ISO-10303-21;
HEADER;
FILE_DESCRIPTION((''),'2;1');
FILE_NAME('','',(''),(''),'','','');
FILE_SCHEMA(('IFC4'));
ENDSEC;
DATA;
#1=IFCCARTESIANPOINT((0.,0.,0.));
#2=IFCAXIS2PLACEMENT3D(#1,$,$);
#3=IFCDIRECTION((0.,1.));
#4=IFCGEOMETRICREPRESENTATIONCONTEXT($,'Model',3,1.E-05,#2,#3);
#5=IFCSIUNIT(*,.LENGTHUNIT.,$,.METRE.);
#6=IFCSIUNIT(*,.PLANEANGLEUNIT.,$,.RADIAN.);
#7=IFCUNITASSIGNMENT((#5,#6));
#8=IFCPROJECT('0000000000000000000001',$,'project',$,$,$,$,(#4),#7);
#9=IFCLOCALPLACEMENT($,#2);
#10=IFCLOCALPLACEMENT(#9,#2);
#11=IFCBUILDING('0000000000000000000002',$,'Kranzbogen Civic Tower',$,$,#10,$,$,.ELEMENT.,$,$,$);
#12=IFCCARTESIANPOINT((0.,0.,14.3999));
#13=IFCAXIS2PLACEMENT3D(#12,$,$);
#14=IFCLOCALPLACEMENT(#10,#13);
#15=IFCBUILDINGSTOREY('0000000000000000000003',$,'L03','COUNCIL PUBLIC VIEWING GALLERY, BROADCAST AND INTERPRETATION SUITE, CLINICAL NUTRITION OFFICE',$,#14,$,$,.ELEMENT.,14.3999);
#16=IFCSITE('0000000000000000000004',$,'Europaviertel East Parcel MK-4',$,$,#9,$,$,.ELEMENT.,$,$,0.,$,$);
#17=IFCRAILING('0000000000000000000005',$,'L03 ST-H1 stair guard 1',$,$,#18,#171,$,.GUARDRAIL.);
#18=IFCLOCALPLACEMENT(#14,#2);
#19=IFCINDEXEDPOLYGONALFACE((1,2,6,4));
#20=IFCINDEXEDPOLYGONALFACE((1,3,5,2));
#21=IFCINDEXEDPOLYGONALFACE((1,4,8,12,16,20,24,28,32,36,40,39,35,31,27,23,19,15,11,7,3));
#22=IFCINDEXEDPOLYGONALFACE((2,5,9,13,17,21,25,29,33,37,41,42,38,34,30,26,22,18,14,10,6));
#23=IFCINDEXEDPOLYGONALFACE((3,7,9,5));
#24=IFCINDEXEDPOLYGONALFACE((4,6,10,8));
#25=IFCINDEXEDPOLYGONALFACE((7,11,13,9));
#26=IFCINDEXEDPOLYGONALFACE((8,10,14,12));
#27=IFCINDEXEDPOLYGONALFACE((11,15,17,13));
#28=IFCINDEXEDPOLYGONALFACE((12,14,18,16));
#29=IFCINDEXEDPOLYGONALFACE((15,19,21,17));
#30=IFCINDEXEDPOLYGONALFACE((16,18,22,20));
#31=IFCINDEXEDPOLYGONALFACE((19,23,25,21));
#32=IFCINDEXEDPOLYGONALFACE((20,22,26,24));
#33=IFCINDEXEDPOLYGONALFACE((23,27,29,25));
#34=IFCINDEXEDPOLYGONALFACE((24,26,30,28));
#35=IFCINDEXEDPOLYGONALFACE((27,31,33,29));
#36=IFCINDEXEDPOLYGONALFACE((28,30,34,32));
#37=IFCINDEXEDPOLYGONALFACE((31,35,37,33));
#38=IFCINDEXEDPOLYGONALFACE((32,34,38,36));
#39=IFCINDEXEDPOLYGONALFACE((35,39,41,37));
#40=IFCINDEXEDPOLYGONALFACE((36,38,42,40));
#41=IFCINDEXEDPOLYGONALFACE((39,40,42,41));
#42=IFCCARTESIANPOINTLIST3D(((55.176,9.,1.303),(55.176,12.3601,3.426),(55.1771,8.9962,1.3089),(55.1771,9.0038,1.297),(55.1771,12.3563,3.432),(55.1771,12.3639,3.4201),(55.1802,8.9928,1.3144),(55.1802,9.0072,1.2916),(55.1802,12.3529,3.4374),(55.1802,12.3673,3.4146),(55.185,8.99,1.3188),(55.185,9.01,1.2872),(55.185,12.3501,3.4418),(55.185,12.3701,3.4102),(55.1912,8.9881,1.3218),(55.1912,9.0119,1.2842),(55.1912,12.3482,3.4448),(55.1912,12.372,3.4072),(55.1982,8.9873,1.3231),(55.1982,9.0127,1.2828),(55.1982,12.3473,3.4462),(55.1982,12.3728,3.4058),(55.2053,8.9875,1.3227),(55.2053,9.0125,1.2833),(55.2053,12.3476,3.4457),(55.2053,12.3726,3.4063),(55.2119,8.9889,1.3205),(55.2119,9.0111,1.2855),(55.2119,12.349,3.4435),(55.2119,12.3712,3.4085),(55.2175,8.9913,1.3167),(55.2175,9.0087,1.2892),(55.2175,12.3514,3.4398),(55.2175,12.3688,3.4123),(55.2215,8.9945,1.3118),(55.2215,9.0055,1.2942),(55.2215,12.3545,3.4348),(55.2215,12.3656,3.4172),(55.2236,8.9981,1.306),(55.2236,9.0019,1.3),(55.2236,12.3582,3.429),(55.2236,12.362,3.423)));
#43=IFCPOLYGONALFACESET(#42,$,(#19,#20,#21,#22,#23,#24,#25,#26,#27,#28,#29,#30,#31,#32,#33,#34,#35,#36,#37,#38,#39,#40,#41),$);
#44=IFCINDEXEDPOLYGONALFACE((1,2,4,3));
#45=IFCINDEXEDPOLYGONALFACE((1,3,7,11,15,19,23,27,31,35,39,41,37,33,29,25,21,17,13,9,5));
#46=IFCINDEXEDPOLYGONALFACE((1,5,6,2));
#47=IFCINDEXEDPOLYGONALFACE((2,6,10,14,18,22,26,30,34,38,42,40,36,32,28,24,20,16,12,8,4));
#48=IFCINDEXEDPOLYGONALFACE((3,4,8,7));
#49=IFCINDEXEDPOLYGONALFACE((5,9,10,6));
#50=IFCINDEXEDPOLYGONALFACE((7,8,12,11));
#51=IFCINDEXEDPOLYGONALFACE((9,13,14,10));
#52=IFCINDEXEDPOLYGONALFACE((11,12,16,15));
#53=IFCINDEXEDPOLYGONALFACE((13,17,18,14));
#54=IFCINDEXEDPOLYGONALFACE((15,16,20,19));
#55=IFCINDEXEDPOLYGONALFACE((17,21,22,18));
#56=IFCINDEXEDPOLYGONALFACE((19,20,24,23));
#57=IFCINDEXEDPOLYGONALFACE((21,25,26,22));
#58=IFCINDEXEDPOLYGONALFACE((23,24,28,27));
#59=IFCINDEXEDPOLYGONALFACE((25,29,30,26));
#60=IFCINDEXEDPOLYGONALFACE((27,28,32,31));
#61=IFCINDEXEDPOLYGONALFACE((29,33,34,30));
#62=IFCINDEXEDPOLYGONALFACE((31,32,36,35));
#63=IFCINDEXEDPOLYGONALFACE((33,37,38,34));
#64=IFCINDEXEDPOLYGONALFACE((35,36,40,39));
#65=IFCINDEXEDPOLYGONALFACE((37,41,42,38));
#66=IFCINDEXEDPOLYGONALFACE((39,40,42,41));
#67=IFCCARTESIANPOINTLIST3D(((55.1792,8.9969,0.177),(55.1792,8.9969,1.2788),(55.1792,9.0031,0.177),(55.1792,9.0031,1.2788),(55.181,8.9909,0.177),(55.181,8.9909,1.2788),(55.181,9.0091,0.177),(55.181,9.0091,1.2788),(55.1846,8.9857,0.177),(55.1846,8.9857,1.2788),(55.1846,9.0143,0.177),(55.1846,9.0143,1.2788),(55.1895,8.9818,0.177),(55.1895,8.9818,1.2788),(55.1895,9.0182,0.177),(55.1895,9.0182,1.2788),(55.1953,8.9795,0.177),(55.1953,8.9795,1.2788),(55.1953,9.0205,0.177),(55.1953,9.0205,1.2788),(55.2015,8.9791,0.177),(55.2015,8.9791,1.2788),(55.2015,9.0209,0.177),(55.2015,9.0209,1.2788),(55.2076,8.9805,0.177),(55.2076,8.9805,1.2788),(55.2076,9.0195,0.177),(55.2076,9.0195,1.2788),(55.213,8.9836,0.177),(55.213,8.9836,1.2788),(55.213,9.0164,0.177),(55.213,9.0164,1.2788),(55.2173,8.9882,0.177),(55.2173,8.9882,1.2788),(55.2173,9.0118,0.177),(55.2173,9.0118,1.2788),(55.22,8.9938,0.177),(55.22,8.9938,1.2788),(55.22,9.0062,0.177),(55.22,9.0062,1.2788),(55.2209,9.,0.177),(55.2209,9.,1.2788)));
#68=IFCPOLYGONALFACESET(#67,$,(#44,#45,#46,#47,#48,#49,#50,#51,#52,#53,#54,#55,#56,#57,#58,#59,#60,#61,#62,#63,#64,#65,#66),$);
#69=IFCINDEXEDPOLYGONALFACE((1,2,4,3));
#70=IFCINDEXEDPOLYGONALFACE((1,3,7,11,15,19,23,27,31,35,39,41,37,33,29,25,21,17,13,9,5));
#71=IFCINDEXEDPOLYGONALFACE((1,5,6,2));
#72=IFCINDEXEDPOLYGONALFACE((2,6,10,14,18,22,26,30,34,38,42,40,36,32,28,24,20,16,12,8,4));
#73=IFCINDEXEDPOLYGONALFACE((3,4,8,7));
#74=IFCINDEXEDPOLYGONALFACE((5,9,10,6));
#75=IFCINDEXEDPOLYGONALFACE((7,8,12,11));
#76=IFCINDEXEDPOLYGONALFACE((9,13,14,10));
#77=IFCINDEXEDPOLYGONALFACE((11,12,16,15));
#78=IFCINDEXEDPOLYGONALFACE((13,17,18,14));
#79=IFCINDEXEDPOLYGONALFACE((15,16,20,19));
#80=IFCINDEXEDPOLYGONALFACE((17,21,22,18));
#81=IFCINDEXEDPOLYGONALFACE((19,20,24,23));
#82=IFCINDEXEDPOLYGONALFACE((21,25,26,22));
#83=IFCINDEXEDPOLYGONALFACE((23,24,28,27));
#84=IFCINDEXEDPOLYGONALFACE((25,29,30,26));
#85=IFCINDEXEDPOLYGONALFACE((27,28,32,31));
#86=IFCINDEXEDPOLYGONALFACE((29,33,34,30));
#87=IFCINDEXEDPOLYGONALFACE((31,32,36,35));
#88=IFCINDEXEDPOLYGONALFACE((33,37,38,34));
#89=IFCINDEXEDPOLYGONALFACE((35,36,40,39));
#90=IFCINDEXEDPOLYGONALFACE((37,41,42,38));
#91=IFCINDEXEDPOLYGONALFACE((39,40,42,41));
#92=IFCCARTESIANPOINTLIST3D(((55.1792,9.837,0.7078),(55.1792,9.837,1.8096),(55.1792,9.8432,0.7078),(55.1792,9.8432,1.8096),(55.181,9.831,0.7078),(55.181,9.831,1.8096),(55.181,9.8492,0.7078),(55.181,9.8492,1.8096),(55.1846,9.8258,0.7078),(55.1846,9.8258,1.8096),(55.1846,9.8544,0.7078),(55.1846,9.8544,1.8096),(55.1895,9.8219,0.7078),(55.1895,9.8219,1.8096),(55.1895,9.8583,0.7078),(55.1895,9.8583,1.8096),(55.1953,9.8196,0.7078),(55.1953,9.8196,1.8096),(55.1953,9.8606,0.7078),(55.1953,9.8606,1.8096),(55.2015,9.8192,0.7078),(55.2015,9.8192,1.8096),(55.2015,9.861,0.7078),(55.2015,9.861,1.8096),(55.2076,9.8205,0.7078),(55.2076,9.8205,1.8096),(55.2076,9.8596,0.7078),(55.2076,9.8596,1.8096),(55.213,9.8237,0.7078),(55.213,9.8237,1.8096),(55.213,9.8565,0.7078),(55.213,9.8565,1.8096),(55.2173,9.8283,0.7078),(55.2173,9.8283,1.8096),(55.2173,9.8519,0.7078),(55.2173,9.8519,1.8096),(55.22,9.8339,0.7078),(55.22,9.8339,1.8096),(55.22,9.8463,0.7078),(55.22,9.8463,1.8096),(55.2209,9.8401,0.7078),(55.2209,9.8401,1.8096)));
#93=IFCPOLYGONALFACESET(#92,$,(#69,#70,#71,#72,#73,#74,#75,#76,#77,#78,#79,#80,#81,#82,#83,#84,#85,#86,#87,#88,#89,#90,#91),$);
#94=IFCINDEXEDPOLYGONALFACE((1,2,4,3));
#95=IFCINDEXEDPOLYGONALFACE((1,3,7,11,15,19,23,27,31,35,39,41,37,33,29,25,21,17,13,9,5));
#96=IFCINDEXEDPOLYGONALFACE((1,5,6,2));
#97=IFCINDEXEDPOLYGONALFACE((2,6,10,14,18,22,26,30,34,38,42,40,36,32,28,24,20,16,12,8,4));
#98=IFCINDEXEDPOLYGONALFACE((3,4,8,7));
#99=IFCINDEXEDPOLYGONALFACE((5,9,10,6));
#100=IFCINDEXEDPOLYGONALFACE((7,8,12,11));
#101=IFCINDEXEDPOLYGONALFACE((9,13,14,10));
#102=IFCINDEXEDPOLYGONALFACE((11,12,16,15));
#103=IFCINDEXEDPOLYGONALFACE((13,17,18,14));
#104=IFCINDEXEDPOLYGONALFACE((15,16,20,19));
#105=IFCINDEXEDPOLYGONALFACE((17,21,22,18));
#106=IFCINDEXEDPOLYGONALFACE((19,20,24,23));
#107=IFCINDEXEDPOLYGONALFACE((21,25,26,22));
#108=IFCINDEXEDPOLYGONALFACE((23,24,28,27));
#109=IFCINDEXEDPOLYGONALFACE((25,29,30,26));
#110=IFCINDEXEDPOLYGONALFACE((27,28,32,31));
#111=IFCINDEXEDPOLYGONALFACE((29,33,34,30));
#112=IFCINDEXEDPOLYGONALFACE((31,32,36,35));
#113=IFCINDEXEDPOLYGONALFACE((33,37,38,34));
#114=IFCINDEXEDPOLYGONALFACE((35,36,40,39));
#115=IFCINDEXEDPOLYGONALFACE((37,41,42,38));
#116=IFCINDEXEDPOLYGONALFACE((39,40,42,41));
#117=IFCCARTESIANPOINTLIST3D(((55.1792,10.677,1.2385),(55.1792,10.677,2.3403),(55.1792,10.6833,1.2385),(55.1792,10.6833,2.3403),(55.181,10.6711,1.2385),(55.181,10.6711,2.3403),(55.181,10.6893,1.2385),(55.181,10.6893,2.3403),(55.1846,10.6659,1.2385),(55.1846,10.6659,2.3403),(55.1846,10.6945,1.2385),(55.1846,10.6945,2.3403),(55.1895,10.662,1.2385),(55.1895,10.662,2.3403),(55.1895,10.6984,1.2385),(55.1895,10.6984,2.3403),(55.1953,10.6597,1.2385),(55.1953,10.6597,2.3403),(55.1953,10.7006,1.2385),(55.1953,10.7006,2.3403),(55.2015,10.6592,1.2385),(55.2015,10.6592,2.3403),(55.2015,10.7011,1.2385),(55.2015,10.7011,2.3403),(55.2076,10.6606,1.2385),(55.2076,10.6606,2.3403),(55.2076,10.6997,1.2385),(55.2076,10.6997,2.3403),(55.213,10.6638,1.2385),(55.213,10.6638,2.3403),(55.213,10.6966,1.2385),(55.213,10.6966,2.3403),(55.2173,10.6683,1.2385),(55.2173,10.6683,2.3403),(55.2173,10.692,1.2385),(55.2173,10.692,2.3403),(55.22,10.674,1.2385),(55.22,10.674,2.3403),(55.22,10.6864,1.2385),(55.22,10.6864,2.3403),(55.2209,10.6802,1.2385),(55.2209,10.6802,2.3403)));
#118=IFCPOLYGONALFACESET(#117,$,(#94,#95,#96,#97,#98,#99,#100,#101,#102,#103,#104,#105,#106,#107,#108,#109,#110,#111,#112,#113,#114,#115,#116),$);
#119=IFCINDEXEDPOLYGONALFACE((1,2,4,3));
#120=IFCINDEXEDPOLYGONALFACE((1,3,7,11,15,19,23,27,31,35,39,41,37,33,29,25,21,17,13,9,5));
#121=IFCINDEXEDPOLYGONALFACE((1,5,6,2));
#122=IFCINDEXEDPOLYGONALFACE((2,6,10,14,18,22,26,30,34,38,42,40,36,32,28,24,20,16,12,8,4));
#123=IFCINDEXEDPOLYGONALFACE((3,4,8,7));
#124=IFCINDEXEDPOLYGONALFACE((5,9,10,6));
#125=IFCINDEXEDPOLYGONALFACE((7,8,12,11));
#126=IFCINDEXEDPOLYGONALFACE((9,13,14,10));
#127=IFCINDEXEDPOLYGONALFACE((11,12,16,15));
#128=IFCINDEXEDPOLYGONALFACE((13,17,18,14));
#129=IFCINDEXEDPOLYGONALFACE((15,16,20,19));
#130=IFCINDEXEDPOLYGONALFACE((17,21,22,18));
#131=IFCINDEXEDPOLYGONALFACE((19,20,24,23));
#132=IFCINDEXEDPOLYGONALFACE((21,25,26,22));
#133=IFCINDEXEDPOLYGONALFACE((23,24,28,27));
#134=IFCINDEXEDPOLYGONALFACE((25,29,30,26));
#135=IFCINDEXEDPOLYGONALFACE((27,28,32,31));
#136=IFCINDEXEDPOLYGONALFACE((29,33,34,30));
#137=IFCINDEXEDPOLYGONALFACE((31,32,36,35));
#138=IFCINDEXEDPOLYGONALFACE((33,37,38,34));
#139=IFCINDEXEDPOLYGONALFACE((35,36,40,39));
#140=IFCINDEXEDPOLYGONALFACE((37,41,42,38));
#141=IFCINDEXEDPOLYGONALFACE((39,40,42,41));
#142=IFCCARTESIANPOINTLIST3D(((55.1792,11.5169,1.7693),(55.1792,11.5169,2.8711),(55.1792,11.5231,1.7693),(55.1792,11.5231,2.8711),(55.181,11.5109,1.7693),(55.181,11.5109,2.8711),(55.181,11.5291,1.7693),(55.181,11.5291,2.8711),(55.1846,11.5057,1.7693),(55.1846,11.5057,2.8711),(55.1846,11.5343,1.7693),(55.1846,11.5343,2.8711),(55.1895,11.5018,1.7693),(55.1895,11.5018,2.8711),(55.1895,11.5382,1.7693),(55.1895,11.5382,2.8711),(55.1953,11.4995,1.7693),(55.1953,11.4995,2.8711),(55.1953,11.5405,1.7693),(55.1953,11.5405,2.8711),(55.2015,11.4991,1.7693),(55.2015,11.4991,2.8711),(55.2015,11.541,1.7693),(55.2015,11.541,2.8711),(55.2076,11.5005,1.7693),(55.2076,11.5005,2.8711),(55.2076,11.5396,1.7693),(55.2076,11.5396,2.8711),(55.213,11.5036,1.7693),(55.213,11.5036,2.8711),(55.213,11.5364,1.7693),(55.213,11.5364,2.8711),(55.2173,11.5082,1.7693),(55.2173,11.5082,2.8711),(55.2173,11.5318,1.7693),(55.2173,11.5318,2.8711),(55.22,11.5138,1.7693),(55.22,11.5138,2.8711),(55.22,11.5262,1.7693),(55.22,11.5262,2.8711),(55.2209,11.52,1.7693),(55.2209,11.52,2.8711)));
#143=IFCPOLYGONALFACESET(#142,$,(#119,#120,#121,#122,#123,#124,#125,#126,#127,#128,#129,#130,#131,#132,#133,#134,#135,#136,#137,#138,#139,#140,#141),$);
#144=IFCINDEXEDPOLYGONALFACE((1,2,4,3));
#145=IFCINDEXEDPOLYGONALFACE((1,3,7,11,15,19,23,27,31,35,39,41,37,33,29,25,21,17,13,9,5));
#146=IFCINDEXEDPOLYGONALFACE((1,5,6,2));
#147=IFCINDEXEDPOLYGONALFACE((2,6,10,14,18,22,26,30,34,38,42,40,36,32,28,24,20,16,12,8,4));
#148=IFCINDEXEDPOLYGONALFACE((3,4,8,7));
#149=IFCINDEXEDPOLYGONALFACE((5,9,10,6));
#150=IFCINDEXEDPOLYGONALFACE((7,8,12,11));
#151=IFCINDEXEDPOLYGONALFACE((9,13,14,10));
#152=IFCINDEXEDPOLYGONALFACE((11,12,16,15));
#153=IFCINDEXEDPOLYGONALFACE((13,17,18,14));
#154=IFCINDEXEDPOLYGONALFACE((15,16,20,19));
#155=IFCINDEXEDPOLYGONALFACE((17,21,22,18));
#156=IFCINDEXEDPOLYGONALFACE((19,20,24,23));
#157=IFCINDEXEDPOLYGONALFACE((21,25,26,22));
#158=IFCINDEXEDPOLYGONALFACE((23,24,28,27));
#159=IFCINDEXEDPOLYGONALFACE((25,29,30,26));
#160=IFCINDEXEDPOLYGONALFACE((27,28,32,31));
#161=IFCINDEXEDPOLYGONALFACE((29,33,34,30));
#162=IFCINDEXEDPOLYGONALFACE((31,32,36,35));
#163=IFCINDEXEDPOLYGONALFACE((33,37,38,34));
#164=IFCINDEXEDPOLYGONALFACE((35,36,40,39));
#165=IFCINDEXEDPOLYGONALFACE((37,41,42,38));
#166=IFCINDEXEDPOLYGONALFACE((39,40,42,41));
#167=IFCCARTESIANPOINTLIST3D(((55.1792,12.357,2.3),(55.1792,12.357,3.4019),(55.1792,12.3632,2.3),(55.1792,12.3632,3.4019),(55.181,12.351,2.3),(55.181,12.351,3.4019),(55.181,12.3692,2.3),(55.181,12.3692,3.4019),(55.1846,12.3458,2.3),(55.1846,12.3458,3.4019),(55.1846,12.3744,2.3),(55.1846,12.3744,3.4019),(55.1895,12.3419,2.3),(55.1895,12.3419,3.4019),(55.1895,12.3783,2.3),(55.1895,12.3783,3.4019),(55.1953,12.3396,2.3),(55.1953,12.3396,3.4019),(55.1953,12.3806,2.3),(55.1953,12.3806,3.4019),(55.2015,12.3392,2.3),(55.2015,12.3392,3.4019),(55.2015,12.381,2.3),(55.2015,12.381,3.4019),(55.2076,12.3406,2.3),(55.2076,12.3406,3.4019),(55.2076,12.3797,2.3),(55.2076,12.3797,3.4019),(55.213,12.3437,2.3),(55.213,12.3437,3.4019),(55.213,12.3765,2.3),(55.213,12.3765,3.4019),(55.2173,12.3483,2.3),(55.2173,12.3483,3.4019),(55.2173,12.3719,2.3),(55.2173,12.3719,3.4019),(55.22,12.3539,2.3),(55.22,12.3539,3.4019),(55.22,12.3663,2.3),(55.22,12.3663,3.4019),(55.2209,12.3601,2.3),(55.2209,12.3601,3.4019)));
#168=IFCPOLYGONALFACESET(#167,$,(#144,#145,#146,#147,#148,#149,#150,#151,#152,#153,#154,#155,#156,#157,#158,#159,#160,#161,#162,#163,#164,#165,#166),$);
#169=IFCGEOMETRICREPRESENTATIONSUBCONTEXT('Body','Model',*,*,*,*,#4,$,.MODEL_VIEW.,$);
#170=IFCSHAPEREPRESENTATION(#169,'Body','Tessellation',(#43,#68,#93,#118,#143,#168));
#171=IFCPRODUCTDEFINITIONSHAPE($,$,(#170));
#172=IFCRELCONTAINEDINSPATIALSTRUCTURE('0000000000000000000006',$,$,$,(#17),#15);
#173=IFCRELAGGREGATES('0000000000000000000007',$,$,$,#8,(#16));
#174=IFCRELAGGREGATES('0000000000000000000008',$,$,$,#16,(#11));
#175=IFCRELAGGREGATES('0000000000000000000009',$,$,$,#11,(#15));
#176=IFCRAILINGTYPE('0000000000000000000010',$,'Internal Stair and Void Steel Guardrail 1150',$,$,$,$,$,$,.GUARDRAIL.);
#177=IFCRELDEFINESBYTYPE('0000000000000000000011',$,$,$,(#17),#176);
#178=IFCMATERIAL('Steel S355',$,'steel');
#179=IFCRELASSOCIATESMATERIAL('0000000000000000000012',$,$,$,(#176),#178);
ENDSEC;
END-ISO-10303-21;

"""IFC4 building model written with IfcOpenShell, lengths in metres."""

from ifc_helpers import new_model, si_unit, direction, frame, origin, origin_2d, place, context, subcontext, project, spatial, circle, extrude, material, type_object, element, save


model = new_model("IFC4")

# Units and contexts
model_context = context("Model", 3, precision=1e-05, world=origin(), true_north=direction((0.0, 1.0)))
body_context = subcontext(model_context, "Body", "Model", "MODEL_VIEW")
ifc_project = project(units=[si_unit("LENGTHUNIT", "METRE"), si_unit("PLANEANGLEUNIT", "RADIAN")], contexts=[model_context])

# Site, building, storey
site_placement = place(None, origin())
site = spatial("IfcSite", under=ifc_project, at=site_placement, Name="Europaviertel East Parcel MK-4", CompositionType="ELEMENT", RefElevation=0.0)
building_placement = place(site_placement, origin())
building = spatial("IfcBuilding", under=site, at=building_placement, Name="Kranzbogen Civic Tower", CompositionType="ELEMENT")
storey_placement = place(building_placement, frame((0.0, 0.0, 14.3999)))
storey = spatial("IfcBuildingStorey", under=building, at=storey_placement, Name="L03", Description="COUNCIL PUBLIC VIEWING GALLERY, BROADCAST AND INTERPRETATION SUITE, CLINICAL NUTRITION OFFICE", CompositionType="ELEMENT", Elevation=14.3999)

# Shared definitions
ifc_material_1 = material(Name="Steel S355", Category="steel")

# Railing
railing_type_1 = type_object("IfcRailingType", Name="Internal Stair and Void Steel Guardrail 1150", PredefinedType="GUARDRAIL", material=ifc_material_1)
railing_1_placement = place(storey_placement, frame((55.2, 9.0, 0.177)))
element("IfcRailing", 1, at=railing_1_placement, inside=storey, type_object=railing_type_1, Name="L03 ST-H1 stair guard 1", PredefinedType="GUARDRAIL", context=body_context, shape_type="SweptSolid", body=[
    extrude(circle(Radius=0.0239, at=origin_2d()), frame((0.0, 0.0, 1.126), z_axis=(0.0, 0.84539, 0.53415), x_axis=(-1.0, 0.0, 0.0)), (0.0, 0.0, 1.0), 3.9746),
    extrude(circle(Radius=0.021, at=origin_2d()), origin(), (0.0, 0.0, 1.0), 1.1018),
    extrude(circle(Radius=0.021, at=origin_2d()), frame((0.0, 0.8401, 0.5308)), (0.0, 0.0, 1.0), 1.1018),
    extrude(circle(Radius=0.021, at=origin_2d()), frame((0.0, 1.6802, 1.0615)), (0.0, 0.0, 1.0), 1.1018),
    extrude(circle(Radius=0.021, at=origin_2d()), frame((0.0, 2.52, 1.5923)), (0.0, 0.0, 1.0), 1.1018),
    extrude(circle(Radius=0.021, at=origin_2d()), frame((0.0, 3.3601, 2.123)), (0.0, 0.0, 1.0), 1.1018),
])

save(model, "model.ifc")
